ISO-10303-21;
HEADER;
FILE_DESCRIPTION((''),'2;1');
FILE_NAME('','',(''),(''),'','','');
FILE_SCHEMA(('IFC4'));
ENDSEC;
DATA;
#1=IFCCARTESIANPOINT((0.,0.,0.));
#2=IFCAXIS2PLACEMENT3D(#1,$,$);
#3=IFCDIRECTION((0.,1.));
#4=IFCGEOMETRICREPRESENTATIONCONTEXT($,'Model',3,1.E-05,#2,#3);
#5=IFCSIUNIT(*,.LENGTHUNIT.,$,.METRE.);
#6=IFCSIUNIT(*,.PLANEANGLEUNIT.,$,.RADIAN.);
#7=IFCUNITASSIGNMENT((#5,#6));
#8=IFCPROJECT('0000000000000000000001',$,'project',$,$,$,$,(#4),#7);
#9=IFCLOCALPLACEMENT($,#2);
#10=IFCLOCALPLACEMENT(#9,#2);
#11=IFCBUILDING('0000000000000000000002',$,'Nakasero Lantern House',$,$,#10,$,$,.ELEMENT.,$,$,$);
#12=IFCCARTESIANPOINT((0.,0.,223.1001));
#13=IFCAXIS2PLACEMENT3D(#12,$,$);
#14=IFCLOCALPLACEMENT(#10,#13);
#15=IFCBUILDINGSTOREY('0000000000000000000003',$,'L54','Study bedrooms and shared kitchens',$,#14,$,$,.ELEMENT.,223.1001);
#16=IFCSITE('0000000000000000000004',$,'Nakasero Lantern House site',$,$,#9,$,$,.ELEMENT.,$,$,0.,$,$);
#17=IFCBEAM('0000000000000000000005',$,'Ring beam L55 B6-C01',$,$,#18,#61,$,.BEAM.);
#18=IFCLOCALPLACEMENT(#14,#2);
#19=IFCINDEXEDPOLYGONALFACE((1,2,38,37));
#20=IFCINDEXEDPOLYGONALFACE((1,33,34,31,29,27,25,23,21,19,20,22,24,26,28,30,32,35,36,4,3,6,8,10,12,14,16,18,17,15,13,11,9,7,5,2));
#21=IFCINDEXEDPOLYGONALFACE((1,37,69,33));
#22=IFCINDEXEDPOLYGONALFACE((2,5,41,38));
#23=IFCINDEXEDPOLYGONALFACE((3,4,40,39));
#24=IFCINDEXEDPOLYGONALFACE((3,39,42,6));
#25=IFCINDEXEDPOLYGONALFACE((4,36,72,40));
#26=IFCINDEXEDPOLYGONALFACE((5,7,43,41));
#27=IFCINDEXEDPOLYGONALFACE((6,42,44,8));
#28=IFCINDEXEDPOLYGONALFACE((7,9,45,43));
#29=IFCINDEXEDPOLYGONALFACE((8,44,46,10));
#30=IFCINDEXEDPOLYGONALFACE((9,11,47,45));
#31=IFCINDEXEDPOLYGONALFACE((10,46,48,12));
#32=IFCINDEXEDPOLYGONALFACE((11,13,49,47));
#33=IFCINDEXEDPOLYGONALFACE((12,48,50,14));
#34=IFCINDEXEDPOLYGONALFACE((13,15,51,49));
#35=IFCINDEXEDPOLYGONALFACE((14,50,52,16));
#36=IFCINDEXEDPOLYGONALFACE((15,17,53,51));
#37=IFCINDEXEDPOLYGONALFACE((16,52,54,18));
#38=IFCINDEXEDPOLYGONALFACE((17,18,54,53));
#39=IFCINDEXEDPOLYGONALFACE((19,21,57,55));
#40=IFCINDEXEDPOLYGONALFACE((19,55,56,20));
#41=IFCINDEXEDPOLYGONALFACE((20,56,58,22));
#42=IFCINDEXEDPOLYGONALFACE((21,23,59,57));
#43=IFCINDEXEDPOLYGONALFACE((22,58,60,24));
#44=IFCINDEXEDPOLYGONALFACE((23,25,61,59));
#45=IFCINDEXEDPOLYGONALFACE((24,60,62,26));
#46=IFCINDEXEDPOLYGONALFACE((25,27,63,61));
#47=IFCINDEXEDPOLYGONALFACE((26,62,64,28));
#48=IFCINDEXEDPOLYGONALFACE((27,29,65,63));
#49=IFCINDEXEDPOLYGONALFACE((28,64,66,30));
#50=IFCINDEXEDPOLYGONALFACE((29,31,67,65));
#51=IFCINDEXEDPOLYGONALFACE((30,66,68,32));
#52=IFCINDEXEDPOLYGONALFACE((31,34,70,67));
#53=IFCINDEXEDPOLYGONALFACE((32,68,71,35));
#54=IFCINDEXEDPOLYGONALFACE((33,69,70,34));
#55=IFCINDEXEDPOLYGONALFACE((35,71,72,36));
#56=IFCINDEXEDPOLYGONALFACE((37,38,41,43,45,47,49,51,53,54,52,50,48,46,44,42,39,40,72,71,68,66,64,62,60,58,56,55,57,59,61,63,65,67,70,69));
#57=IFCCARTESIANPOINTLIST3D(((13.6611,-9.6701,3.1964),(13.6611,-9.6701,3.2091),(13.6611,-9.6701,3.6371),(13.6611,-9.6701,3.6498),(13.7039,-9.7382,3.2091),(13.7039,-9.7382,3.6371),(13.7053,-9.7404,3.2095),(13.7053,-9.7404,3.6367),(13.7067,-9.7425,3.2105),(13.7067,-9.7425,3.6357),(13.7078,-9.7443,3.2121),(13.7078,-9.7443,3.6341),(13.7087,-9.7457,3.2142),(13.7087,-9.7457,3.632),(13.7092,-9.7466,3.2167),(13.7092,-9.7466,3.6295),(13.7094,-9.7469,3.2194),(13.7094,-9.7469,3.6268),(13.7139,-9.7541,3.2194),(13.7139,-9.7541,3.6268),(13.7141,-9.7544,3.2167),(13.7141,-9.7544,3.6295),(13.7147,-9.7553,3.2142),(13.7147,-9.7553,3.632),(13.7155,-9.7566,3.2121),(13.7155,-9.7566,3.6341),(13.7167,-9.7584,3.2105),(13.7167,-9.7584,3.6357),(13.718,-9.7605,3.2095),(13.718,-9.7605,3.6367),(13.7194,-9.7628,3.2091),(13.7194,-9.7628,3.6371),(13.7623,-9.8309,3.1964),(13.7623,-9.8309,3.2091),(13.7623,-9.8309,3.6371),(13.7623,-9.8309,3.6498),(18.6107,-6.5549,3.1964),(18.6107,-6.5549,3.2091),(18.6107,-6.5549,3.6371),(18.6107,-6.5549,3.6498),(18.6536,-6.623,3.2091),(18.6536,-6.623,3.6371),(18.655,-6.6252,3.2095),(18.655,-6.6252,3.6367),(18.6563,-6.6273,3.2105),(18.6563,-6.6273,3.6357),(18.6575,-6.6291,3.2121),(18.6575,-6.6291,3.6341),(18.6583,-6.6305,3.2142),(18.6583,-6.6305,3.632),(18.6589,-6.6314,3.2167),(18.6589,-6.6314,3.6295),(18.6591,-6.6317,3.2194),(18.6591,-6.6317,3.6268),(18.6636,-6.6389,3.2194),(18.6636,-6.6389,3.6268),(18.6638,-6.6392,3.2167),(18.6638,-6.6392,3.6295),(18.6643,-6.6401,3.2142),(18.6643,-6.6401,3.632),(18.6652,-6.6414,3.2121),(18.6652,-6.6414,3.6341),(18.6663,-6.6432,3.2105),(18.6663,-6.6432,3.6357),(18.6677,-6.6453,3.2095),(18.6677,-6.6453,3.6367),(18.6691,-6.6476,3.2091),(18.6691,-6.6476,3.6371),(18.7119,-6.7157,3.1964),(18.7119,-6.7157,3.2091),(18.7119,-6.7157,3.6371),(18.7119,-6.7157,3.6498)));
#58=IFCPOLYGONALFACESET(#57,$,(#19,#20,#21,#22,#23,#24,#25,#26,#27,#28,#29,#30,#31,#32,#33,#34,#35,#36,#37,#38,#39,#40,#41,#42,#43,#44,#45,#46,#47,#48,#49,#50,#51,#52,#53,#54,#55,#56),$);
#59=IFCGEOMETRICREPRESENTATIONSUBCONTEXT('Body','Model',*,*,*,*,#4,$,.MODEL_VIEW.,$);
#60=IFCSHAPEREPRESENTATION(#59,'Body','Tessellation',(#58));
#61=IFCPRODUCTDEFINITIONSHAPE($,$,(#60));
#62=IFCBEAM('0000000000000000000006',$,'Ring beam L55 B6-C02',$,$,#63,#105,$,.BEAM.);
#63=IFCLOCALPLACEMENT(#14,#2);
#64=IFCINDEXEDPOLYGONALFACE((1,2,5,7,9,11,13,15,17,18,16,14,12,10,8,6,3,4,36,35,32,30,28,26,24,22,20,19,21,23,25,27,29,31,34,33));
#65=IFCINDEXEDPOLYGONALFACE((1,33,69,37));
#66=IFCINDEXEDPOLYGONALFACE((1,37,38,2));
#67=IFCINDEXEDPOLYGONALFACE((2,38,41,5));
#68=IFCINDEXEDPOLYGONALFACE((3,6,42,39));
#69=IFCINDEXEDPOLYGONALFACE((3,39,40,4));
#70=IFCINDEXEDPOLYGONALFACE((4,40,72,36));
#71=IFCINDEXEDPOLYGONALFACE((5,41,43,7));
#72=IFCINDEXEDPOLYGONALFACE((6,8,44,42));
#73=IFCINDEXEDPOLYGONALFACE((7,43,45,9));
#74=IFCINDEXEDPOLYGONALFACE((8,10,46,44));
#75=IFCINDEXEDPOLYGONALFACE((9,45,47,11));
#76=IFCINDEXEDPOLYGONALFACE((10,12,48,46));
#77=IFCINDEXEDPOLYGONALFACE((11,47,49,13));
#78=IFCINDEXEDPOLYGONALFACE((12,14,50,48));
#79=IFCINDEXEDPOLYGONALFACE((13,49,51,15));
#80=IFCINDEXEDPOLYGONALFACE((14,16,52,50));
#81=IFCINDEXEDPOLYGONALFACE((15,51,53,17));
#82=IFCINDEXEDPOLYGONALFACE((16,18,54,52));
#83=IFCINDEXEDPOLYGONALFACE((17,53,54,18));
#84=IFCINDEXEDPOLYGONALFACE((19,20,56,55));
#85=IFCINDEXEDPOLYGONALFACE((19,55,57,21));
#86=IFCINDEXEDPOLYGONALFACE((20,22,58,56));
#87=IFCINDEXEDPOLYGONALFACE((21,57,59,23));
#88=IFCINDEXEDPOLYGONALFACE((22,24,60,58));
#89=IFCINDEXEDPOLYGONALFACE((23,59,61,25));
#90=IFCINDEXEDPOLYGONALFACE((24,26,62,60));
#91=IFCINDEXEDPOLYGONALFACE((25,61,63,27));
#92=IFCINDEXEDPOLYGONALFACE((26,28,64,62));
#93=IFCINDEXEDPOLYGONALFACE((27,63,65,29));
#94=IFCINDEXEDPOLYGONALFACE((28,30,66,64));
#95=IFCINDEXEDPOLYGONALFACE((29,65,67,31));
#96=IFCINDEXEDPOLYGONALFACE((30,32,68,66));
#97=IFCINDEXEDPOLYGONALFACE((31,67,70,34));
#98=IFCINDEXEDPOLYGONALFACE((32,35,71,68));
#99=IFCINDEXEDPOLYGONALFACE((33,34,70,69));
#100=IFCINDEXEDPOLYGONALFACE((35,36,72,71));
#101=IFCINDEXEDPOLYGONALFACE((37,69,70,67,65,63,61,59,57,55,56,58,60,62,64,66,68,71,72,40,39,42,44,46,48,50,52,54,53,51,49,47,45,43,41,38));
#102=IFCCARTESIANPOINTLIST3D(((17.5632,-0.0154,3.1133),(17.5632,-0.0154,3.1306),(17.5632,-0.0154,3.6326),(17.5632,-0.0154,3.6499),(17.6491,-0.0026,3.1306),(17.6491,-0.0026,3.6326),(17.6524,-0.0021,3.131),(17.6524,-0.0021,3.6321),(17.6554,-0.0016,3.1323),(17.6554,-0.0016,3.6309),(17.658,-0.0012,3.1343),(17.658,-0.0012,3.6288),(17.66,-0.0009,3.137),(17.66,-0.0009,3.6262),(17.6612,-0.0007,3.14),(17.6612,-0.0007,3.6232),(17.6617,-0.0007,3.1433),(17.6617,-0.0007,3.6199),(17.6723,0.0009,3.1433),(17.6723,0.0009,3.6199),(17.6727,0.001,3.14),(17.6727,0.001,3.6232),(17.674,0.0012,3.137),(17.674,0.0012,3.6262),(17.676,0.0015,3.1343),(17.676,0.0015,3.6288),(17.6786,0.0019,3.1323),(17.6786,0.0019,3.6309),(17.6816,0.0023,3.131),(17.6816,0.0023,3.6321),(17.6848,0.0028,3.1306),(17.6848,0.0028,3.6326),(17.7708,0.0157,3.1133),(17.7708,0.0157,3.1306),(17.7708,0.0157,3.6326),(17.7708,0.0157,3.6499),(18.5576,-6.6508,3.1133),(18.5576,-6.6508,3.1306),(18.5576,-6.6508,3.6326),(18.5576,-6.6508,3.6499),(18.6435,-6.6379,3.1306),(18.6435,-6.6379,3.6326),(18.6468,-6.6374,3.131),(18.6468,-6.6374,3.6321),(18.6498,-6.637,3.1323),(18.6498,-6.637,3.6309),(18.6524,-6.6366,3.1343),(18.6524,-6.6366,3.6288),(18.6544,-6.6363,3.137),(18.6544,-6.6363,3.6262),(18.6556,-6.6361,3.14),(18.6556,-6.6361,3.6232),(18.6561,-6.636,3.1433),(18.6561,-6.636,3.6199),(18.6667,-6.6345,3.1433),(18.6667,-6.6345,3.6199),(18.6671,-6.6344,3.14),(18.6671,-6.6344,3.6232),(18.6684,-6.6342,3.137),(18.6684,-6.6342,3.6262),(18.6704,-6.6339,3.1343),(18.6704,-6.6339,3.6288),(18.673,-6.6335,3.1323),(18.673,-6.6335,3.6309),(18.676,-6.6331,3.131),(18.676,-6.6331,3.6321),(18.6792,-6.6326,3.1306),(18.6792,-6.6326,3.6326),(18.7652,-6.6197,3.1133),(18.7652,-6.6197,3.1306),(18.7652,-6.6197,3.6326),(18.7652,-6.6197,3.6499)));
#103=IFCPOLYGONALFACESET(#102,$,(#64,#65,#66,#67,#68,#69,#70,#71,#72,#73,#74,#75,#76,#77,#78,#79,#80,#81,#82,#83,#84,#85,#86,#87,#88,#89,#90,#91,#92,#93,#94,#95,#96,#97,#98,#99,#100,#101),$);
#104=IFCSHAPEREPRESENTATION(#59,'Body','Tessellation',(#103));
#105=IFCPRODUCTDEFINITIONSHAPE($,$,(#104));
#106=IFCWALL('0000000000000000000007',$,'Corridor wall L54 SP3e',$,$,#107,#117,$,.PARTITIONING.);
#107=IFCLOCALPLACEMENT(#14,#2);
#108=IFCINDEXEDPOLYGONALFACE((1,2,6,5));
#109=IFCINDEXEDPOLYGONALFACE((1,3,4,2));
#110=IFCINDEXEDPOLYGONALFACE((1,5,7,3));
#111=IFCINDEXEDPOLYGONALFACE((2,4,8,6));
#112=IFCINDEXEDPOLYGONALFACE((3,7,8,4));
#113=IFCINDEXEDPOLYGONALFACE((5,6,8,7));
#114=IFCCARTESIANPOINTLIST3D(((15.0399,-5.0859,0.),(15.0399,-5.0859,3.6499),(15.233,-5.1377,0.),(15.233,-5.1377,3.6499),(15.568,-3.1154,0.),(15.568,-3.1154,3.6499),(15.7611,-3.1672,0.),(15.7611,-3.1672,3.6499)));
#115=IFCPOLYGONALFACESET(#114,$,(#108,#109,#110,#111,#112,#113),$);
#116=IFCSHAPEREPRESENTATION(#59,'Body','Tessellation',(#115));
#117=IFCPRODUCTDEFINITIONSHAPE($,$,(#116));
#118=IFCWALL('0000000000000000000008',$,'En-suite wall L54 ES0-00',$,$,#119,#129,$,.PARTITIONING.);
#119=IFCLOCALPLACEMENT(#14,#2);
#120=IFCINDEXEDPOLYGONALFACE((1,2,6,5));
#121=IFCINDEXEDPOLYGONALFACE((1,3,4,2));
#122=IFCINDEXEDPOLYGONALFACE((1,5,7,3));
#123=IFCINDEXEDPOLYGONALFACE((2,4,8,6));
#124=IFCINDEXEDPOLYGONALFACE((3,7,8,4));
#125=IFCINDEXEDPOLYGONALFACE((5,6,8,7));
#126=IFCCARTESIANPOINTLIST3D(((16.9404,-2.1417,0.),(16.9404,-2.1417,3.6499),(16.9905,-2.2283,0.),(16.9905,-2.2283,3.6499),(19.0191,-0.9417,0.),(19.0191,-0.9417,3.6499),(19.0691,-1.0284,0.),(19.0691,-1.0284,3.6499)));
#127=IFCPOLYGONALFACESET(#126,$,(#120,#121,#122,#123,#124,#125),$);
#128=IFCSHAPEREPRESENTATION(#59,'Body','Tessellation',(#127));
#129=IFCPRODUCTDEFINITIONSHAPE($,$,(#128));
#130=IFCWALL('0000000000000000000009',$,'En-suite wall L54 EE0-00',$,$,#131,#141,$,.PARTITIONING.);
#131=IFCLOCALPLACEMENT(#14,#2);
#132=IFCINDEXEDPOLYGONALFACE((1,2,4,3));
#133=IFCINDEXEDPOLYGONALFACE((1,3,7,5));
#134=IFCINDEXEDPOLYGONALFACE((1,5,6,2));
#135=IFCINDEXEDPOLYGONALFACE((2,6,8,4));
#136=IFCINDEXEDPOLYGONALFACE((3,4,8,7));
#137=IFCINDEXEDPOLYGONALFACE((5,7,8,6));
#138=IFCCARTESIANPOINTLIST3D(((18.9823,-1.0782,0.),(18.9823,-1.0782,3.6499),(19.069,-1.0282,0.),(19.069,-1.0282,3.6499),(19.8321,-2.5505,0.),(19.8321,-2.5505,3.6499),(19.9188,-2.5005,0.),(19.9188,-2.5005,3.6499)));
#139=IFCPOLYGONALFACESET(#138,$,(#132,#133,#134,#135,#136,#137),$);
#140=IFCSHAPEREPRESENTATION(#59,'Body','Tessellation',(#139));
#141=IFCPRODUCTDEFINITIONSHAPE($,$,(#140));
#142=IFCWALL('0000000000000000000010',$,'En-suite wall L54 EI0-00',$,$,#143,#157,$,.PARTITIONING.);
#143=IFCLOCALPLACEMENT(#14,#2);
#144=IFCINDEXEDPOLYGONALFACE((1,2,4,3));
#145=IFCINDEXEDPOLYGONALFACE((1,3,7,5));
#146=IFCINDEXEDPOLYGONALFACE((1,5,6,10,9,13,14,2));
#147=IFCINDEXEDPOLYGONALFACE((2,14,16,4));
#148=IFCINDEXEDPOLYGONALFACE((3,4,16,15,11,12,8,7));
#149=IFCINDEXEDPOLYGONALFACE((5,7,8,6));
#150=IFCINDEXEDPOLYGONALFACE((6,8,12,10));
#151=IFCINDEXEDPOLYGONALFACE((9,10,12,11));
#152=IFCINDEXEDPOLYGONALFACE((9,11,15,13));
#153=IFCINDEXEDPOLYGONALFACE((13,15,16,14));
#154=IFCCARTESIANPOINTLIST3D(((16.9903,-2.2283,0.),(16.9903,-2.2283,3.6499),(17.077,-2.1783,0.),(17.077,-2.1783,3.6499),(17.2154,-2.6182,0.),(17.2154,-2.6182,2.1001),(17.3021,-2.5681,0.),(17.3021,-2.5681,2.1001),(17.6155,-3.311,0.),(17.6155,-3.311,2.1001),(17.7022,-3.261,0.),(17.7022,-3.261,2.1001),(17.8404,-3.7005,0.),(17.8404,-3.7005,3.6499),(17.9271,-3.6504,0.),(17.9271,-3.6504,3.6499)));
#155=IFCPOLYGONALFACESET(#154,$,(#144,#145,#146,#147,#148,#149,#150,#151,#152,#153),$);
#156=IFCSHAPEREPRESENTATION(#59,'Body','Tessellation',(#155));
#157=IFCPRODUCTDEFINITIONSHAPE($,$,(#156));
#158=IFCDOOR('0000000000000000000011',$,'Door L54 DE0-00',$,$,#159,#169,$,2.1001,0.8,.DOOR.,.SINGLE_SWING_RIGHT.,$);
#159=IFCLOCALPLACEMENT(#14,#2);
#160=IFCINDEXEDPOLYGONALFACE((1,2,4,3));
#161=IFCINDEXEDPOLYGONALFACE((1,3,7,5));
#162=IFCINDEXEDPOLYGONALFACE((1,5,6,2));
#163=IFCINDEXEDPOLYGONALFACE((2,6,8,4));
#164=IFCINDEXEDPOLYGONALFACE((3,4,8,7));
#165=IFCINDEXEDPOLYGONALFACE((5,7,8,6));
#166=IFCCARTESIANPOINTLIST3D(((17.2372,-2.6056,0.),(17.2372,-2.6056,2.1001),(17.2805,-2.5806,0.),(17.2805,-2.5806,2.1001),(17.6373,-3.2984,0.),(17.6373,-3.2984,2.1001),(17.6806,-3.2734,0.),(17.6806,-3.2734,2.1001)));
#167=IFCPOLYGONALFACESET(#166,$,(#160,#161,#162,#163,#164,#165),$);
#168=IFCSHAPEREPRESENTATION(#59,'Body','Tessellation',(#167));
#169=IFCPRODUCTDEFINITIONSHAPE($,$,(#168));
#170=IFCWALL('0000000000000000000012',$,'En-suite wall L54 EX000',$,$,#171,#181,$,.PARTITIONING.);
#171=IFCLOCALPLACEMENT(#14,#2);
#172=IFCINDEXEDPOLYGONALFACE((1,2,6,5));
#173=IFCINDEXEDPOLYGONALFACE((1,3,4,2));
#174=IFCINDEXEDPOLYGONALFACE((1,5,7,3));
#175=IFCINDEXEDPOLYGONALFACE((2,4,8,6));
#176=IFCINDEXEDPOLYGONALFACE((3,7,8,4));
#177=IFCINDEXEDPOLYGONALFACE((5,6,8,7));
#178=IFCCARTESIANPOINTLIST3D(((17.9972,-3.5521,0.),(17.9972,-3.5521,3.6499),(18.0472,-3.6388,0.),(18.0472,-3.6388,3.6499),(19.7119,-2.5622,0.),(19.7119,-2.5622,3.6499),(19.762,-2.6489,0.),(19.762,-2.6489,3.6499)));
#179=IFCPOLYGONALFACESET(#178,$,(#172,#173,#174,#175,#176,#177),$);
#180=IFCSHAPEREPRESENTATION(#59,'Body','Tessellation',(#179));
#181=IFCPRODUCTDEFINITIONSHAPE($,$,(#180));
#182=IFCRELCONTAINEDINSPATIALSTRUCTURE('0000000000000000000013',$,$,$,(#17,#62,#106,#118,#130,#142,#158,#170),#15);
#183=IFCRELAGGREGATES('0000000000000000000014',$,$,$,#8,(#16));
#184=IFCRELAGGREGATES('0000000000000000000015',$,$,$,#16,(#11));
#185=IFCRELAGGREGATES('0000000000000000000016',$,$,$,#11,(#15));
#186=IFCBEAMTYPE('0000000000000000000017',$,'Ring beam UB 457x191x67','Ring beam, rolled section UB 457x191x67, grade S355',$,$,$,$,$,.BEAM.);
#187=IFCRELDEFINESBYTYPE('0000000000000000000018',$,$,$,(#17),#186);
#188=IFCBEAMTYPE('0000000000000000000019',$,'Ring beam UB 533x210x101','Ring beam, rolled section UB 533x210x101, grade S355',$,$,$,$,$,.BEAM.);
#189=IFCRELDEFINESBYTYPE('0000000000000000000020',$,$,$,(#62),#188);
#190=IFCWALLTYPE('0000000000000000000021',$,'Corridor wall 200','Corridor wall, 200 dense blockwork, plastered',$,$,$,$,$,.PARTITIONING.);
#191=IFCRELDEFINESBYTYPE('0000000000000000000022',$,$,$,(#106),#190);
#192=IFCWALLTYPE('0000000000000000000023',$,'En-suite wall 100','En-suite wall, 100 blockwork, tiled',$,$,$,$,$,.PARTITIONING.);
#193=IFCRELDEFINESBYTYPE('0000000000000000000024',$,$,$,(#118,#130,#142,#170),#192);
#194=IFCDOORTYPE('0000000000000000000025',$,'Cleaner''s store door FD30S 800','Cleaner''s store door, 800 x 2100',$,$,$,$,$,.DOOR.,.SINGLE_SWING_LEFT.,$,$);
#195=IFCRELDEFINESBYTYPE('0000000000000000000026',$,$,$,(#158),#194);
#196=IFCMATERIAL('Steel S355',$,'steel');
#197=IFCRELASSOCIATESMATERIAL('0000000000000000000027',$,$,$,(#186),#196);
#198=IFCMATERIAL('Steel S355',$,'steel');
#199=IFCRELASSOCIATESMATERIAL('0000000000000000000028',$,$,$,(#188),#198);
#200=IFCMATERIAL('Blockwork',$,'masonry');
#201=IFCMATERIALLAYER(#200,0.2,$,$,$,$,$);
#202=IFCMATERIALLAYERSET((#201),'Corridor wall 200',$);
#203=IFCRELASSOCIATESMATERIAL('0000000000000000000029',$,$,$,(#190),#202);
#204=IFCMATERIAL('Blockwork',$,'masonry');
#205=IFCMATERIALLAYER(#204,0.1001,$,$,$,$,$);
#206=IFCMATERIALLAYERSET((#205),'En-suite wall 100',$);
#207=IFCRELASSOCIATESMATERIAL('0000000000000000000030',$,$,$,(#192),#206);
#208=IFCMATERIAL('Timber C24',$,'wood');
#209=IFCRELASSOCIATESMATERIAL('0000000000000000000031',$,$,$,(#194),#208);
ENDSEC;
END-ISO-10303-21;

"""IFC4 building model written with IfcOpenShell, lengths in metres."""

from ifc_helpers import new_model, si_unit, direction, frame, frame_2d, origin, origin_2d, place, context, subcontext, project, spatial, rectangle, i_section, extrude, material, layer, layer_set, material_profile, profile_set, type_object, element, fill, save


model = new_model("IFC4")

# Units and contexts
model_context = context("Model", 3, precision=1e-05, world=origin(), true_north=direction((0.0, 1.0)))
body_context = subcontext(model_context, "Body", "Model", "MODEL_VIEW")
ifc_project = project(units=[si_unit("LENGTHUNIT", "METRE"), si_unit("PLANEANGLEUNIT", "RADIAN")], contexts=[model_context])

# Site, building, storey
site_placement = place(None, origin())
site = spatial("IfcSite", under=ifc_project, at=site_placement, Name="Nakasero Lantern House site", CompositionType="ELEMENT", RefElevation=0.0)
building_placement = place(site_placement, origin())
building = spatial("IfcBuilding", under=site, at=building_placement, Name="Nakasero Lantern House", CompositionType="ELEMENT")
storey_placement = place(building_placement, frame((0.0, 0.0, 223.1001)))
storey = spatial("IfcBuildingStorey", under=building, at=storey_placement, Name="L54", Description="Study bedrooms and shared kitchens", CompositionType="ELEMENT", Elevation=223.1001)

# Beams
ifc_material_1 = material(Name="Steel S355", Category="steel")
ifc_material_profile_1 = material_profile(ifc_material_1, i_section(OverallWidth=0.1899, OverallDepth=0.4534, WebThickness=0.0085, FlangeThickness=0.0127, FilletRadius=0.0103, at=origin_2d()), Name="UB 457x191x67")
ifc_profile_set_1 = profile_set([ifc_material_profile_1], Name="Steel S355")
beam_type_1 = type_object("IfcBeamType", Name="Ring beam UB 457x191x67", Description="Ring beam, rolled section UB 457x191x67, grade S355", PredefinedType="BEAM", material=ifc_profile_set_1)
beam_1_placement = place(storey_placement, frame((13.7117, -9.7505, 3.4231), z_axis=(0.846329, 0.53266, 0.0), x_axis=(-0.53266, 0.846329, 0.0)))
element("IfcBeam", 1, at=beam_1_placement, inside=storey, type_object=beam_type_1, Name="Ring beam L55 B6-C01", PredefinedType="BEAM", context=body_context, shape_type="SweptSolid", body=[
    extrude(i_section(OverallWidth=0.1899, OverallDepth=0.4534, WebThickness=0.0085, FlangeThickness=0.0127, FilletRadius=0.0103, at=origin_2d()), origin(), (0.0, 0.0, 1.0), 5.8484),
])
ifc_material_2 = material(Name="Steel S355", Category="steel")
ifc_material_profile_2 = material_profile(ifc_material_2, i_section(OverallWidth=0.21, OverallDepth=0.5366, WebThickness=0.0107, FlangeThickness=0.0173, FilletRadius=0.0127, at=origin_2d()), Name="UB 533x210x101")
ifc_profile_set_2 = profile_set([ifc_material_profile_2], Name="Steel S355")
beam_type_2 = type_object("IfcBeamType", Name="Ring beam UB 533x210x101", Description="Ring beam, rolled section UB 533x210x101, grade S355", PredefinedType="BEAM", material=ifc_profile_set_2)
beam_2_placement = place(storey_placement, frame((18.6614, -6.6353, 3.3816), z_axis=(-0.148209, 0.988956, 0.0), x_axis=(-0.988956, -0.148209, 0.0)))
element("IfcBeam", 2, at=beam_2_placement, inside=storey, type_object=beam_type_2, Name="Ring beam L55 B6-C02", PredefinedType="BEAM", context=body_context, shape_type="SweptSolid", body=[
    extrude(i_section(OverallWidth=0.21, OverallDepth=0.5366, WebThickness=0.0107, FlangeThickness=0.0173, FilletRadius=0.0127, at=origin_2d()), origin(), (0.0, 0.0, 1.0), 6.7095),
])

# Walls
ifc_material_3 = material(Name="Blockwork", Category="masonry")
ifc_layer_1 = layer(ifc_material_3, 0.2)
ifc_layer_set_1 = layer_set([ifc_layer_1], Name="Corridor wall 200")
wall_type_1 = type_object("IfcWallType", Name="Corridor wall 200", Description="Corridor wall, 200 dense blockwork, plastered", PredefinedType="PARTITIONING", material=ifc_layer_set_1)
wall_1_placement = place(storey_placement, frame((15.1365, -5.1118, 0.0), z_axis=(0.0, 0.0, 1.0), x_axis=(0.258862, 0.965914, 0.0)))
element("IfcWall", 3, at=wall_1_placement, inside=storey, type_object=wall_type_1, Name="Corridor wall L54 SP3e", PredefinedType="PARTITIONING", context=body_context, shape_type="SweptSolid", body=[
    extrude(rectangle(XDim=2.04, YDim=0.2, at=frame_2d((1.02, 0.0))), origin(), (0.0, 0.0, 1.0), 3.6499),
])
ifc_material_4 = material(Name="Blockwork", Category="masonry")
ifc_layer_2 = layer(ifc_material_4, 0.1001)
ifc_layer_set_2 = layer_set([ifc_layer_2], Name="En-suite wall 100")
wall_type_2 = type_object("IfcWallType", Name="En-suite wall 100", Description="En-suite wall, 100 blockwork, tiled", PredefinedType="PARTITIONING", material=ifc_layer_set_2)
wall_2_placement = place(storey_placement, frame((16.9653, -2.1851, 0.0), z_axis=(0.0, 0.0, 1.0), x_axis=(0.86605, 0.499957, 0.0)))
element("IfcWall", 4, at=wall_2_placement, inside=storey, type_object=wall_type_2, Name="En-suite wall L54 ES0-00", PredefinedType="PARTITIONING", context=body_context, shape_type="SweptSolid", body=[
    extrude(rectangle(XDim=2.4001, YDim=0.1001, at=frame_2d((1.2002, 0.0))), origin(), (0.0, 0.0, 1.0), 3.6499),
])
wall_3_placement = place(storey_placement, frame((19.8755, -2.5256, 0.0), z_axis=(0.0, 0.0, 1.0), x_axis=(-0.499892, 0.866088, 0.0)))
element("IfcWall", 5, at=wall_3_placement, inside=storey, type_object=wall_type_2, Name="En-suite wall L54 EE0-00", PredefinedType="PARTITIONING", context=body_context, shape_type="SweptSolid", body=[
    extrude(rectangle(XDim=1.7, YDim=0.1001, at=frame_2d((0.8501, 0.0))), origin(), (0.0, 0.0, 1.0), 3.6499),
])

# Wall, opening, door
wall_4_placement = place(storey_placement, frame((17.8838, -3.6755, 0.0), z_axis=(0.0, 0.0, 1.0), x_axis=(-0.500062, 0.865989, 0.0)))
wall_4 = element("IfcWall", 6, at=wall_4_placement, inside=storey, type_object=wall_type_2, Name="En-suite wall L54 EI0-00", PredefinedType="PARTITIONING", context=body_context, shape_type="SweptSolid", body=[
    extrude(rectangle(XDim=1.7, YDim=0.1001, at=frame_2d((0.8501, 0.0))), origin(), (0.0, 0.0, 1.0), 3.6499),
])
opening_1_placement = place(wall_4_placement, frame((0.45, 0.0, 0.0)))
opening_1 = element("IfcOpeningElement", 7, at=opening_1_placement, cuts=wall_4, PredefinedType="OPENING", context=body_context, shape_type="SweptSolid", body=[
    extrude(rectangle(XDim=0.8, YDim=2.1001, at=frame_2d((0.3999, 1.05))), frame((0.0, 0.0701, 0.0), z_axis=(0.0, -1.0, 0.0), x_axis=(1.0, 0.0, 0.0)), (0.0, 0.0, 1.0), 0.1401),
])
ifc_material_5 = material(Name="Timber C24", Category="wood")
door_type = type_object("IfcDoorType", Name="Cleaner's store door FD30S 800", Description="Cleaner's store door, 800 x 2100", OperationType="SINGLE_SWING_LEFT", PredefinedType="DOOR", material=ifc_material_5)
door_placement = place(opening_1_placement, origin())
door = element("IfcDoor", 8, at=door_placement, inside=storey, type_object=door_type, Name="Door L54 DE0-00", OperationType="SINGLE_SWING_RIGHT", OverallHeight=2.1001, OverallWidth=0.8, PredefinedType="DOOR", context=body_context, shape_type="SweptSolid", body=[
    extrude(rectangle(XDim=0.8, YDim=2.1001, at=frame_2d((0.3999, 1.05))), frame((0.0, 0.0249, 0.0), z_axis=(0.0, -1.0, 0.0), x_axis=(1.0, 0.0, 0.0)), (0.0, 0.0, 1.0), 0.05),
])
fill(opening_1, door)

# Wall
wall_5_placement = place(storey_placement, frame((18.0222, -3.5955, 0.0), z_axis=(0.0, 0.0, 1.0), x_axis=(0.866042, 0.499971, 0.0)))
element("IfcWall", 9, at=wall_5_placement, inside=storey, type_object=wall_type_2, Name="En-suite wall L54 EX000", PredefinedType="PARTITIONING", context=body_context, shape_type="SweptSolid", body=[
    extrude(rectangle(XDim=1.98, YDim=0.1001, at=frame_2d((0.99, 0.0))), origin(), (0.0, 0.0, 1.0), 3.6499),
])

save(model, "model.ifc")
